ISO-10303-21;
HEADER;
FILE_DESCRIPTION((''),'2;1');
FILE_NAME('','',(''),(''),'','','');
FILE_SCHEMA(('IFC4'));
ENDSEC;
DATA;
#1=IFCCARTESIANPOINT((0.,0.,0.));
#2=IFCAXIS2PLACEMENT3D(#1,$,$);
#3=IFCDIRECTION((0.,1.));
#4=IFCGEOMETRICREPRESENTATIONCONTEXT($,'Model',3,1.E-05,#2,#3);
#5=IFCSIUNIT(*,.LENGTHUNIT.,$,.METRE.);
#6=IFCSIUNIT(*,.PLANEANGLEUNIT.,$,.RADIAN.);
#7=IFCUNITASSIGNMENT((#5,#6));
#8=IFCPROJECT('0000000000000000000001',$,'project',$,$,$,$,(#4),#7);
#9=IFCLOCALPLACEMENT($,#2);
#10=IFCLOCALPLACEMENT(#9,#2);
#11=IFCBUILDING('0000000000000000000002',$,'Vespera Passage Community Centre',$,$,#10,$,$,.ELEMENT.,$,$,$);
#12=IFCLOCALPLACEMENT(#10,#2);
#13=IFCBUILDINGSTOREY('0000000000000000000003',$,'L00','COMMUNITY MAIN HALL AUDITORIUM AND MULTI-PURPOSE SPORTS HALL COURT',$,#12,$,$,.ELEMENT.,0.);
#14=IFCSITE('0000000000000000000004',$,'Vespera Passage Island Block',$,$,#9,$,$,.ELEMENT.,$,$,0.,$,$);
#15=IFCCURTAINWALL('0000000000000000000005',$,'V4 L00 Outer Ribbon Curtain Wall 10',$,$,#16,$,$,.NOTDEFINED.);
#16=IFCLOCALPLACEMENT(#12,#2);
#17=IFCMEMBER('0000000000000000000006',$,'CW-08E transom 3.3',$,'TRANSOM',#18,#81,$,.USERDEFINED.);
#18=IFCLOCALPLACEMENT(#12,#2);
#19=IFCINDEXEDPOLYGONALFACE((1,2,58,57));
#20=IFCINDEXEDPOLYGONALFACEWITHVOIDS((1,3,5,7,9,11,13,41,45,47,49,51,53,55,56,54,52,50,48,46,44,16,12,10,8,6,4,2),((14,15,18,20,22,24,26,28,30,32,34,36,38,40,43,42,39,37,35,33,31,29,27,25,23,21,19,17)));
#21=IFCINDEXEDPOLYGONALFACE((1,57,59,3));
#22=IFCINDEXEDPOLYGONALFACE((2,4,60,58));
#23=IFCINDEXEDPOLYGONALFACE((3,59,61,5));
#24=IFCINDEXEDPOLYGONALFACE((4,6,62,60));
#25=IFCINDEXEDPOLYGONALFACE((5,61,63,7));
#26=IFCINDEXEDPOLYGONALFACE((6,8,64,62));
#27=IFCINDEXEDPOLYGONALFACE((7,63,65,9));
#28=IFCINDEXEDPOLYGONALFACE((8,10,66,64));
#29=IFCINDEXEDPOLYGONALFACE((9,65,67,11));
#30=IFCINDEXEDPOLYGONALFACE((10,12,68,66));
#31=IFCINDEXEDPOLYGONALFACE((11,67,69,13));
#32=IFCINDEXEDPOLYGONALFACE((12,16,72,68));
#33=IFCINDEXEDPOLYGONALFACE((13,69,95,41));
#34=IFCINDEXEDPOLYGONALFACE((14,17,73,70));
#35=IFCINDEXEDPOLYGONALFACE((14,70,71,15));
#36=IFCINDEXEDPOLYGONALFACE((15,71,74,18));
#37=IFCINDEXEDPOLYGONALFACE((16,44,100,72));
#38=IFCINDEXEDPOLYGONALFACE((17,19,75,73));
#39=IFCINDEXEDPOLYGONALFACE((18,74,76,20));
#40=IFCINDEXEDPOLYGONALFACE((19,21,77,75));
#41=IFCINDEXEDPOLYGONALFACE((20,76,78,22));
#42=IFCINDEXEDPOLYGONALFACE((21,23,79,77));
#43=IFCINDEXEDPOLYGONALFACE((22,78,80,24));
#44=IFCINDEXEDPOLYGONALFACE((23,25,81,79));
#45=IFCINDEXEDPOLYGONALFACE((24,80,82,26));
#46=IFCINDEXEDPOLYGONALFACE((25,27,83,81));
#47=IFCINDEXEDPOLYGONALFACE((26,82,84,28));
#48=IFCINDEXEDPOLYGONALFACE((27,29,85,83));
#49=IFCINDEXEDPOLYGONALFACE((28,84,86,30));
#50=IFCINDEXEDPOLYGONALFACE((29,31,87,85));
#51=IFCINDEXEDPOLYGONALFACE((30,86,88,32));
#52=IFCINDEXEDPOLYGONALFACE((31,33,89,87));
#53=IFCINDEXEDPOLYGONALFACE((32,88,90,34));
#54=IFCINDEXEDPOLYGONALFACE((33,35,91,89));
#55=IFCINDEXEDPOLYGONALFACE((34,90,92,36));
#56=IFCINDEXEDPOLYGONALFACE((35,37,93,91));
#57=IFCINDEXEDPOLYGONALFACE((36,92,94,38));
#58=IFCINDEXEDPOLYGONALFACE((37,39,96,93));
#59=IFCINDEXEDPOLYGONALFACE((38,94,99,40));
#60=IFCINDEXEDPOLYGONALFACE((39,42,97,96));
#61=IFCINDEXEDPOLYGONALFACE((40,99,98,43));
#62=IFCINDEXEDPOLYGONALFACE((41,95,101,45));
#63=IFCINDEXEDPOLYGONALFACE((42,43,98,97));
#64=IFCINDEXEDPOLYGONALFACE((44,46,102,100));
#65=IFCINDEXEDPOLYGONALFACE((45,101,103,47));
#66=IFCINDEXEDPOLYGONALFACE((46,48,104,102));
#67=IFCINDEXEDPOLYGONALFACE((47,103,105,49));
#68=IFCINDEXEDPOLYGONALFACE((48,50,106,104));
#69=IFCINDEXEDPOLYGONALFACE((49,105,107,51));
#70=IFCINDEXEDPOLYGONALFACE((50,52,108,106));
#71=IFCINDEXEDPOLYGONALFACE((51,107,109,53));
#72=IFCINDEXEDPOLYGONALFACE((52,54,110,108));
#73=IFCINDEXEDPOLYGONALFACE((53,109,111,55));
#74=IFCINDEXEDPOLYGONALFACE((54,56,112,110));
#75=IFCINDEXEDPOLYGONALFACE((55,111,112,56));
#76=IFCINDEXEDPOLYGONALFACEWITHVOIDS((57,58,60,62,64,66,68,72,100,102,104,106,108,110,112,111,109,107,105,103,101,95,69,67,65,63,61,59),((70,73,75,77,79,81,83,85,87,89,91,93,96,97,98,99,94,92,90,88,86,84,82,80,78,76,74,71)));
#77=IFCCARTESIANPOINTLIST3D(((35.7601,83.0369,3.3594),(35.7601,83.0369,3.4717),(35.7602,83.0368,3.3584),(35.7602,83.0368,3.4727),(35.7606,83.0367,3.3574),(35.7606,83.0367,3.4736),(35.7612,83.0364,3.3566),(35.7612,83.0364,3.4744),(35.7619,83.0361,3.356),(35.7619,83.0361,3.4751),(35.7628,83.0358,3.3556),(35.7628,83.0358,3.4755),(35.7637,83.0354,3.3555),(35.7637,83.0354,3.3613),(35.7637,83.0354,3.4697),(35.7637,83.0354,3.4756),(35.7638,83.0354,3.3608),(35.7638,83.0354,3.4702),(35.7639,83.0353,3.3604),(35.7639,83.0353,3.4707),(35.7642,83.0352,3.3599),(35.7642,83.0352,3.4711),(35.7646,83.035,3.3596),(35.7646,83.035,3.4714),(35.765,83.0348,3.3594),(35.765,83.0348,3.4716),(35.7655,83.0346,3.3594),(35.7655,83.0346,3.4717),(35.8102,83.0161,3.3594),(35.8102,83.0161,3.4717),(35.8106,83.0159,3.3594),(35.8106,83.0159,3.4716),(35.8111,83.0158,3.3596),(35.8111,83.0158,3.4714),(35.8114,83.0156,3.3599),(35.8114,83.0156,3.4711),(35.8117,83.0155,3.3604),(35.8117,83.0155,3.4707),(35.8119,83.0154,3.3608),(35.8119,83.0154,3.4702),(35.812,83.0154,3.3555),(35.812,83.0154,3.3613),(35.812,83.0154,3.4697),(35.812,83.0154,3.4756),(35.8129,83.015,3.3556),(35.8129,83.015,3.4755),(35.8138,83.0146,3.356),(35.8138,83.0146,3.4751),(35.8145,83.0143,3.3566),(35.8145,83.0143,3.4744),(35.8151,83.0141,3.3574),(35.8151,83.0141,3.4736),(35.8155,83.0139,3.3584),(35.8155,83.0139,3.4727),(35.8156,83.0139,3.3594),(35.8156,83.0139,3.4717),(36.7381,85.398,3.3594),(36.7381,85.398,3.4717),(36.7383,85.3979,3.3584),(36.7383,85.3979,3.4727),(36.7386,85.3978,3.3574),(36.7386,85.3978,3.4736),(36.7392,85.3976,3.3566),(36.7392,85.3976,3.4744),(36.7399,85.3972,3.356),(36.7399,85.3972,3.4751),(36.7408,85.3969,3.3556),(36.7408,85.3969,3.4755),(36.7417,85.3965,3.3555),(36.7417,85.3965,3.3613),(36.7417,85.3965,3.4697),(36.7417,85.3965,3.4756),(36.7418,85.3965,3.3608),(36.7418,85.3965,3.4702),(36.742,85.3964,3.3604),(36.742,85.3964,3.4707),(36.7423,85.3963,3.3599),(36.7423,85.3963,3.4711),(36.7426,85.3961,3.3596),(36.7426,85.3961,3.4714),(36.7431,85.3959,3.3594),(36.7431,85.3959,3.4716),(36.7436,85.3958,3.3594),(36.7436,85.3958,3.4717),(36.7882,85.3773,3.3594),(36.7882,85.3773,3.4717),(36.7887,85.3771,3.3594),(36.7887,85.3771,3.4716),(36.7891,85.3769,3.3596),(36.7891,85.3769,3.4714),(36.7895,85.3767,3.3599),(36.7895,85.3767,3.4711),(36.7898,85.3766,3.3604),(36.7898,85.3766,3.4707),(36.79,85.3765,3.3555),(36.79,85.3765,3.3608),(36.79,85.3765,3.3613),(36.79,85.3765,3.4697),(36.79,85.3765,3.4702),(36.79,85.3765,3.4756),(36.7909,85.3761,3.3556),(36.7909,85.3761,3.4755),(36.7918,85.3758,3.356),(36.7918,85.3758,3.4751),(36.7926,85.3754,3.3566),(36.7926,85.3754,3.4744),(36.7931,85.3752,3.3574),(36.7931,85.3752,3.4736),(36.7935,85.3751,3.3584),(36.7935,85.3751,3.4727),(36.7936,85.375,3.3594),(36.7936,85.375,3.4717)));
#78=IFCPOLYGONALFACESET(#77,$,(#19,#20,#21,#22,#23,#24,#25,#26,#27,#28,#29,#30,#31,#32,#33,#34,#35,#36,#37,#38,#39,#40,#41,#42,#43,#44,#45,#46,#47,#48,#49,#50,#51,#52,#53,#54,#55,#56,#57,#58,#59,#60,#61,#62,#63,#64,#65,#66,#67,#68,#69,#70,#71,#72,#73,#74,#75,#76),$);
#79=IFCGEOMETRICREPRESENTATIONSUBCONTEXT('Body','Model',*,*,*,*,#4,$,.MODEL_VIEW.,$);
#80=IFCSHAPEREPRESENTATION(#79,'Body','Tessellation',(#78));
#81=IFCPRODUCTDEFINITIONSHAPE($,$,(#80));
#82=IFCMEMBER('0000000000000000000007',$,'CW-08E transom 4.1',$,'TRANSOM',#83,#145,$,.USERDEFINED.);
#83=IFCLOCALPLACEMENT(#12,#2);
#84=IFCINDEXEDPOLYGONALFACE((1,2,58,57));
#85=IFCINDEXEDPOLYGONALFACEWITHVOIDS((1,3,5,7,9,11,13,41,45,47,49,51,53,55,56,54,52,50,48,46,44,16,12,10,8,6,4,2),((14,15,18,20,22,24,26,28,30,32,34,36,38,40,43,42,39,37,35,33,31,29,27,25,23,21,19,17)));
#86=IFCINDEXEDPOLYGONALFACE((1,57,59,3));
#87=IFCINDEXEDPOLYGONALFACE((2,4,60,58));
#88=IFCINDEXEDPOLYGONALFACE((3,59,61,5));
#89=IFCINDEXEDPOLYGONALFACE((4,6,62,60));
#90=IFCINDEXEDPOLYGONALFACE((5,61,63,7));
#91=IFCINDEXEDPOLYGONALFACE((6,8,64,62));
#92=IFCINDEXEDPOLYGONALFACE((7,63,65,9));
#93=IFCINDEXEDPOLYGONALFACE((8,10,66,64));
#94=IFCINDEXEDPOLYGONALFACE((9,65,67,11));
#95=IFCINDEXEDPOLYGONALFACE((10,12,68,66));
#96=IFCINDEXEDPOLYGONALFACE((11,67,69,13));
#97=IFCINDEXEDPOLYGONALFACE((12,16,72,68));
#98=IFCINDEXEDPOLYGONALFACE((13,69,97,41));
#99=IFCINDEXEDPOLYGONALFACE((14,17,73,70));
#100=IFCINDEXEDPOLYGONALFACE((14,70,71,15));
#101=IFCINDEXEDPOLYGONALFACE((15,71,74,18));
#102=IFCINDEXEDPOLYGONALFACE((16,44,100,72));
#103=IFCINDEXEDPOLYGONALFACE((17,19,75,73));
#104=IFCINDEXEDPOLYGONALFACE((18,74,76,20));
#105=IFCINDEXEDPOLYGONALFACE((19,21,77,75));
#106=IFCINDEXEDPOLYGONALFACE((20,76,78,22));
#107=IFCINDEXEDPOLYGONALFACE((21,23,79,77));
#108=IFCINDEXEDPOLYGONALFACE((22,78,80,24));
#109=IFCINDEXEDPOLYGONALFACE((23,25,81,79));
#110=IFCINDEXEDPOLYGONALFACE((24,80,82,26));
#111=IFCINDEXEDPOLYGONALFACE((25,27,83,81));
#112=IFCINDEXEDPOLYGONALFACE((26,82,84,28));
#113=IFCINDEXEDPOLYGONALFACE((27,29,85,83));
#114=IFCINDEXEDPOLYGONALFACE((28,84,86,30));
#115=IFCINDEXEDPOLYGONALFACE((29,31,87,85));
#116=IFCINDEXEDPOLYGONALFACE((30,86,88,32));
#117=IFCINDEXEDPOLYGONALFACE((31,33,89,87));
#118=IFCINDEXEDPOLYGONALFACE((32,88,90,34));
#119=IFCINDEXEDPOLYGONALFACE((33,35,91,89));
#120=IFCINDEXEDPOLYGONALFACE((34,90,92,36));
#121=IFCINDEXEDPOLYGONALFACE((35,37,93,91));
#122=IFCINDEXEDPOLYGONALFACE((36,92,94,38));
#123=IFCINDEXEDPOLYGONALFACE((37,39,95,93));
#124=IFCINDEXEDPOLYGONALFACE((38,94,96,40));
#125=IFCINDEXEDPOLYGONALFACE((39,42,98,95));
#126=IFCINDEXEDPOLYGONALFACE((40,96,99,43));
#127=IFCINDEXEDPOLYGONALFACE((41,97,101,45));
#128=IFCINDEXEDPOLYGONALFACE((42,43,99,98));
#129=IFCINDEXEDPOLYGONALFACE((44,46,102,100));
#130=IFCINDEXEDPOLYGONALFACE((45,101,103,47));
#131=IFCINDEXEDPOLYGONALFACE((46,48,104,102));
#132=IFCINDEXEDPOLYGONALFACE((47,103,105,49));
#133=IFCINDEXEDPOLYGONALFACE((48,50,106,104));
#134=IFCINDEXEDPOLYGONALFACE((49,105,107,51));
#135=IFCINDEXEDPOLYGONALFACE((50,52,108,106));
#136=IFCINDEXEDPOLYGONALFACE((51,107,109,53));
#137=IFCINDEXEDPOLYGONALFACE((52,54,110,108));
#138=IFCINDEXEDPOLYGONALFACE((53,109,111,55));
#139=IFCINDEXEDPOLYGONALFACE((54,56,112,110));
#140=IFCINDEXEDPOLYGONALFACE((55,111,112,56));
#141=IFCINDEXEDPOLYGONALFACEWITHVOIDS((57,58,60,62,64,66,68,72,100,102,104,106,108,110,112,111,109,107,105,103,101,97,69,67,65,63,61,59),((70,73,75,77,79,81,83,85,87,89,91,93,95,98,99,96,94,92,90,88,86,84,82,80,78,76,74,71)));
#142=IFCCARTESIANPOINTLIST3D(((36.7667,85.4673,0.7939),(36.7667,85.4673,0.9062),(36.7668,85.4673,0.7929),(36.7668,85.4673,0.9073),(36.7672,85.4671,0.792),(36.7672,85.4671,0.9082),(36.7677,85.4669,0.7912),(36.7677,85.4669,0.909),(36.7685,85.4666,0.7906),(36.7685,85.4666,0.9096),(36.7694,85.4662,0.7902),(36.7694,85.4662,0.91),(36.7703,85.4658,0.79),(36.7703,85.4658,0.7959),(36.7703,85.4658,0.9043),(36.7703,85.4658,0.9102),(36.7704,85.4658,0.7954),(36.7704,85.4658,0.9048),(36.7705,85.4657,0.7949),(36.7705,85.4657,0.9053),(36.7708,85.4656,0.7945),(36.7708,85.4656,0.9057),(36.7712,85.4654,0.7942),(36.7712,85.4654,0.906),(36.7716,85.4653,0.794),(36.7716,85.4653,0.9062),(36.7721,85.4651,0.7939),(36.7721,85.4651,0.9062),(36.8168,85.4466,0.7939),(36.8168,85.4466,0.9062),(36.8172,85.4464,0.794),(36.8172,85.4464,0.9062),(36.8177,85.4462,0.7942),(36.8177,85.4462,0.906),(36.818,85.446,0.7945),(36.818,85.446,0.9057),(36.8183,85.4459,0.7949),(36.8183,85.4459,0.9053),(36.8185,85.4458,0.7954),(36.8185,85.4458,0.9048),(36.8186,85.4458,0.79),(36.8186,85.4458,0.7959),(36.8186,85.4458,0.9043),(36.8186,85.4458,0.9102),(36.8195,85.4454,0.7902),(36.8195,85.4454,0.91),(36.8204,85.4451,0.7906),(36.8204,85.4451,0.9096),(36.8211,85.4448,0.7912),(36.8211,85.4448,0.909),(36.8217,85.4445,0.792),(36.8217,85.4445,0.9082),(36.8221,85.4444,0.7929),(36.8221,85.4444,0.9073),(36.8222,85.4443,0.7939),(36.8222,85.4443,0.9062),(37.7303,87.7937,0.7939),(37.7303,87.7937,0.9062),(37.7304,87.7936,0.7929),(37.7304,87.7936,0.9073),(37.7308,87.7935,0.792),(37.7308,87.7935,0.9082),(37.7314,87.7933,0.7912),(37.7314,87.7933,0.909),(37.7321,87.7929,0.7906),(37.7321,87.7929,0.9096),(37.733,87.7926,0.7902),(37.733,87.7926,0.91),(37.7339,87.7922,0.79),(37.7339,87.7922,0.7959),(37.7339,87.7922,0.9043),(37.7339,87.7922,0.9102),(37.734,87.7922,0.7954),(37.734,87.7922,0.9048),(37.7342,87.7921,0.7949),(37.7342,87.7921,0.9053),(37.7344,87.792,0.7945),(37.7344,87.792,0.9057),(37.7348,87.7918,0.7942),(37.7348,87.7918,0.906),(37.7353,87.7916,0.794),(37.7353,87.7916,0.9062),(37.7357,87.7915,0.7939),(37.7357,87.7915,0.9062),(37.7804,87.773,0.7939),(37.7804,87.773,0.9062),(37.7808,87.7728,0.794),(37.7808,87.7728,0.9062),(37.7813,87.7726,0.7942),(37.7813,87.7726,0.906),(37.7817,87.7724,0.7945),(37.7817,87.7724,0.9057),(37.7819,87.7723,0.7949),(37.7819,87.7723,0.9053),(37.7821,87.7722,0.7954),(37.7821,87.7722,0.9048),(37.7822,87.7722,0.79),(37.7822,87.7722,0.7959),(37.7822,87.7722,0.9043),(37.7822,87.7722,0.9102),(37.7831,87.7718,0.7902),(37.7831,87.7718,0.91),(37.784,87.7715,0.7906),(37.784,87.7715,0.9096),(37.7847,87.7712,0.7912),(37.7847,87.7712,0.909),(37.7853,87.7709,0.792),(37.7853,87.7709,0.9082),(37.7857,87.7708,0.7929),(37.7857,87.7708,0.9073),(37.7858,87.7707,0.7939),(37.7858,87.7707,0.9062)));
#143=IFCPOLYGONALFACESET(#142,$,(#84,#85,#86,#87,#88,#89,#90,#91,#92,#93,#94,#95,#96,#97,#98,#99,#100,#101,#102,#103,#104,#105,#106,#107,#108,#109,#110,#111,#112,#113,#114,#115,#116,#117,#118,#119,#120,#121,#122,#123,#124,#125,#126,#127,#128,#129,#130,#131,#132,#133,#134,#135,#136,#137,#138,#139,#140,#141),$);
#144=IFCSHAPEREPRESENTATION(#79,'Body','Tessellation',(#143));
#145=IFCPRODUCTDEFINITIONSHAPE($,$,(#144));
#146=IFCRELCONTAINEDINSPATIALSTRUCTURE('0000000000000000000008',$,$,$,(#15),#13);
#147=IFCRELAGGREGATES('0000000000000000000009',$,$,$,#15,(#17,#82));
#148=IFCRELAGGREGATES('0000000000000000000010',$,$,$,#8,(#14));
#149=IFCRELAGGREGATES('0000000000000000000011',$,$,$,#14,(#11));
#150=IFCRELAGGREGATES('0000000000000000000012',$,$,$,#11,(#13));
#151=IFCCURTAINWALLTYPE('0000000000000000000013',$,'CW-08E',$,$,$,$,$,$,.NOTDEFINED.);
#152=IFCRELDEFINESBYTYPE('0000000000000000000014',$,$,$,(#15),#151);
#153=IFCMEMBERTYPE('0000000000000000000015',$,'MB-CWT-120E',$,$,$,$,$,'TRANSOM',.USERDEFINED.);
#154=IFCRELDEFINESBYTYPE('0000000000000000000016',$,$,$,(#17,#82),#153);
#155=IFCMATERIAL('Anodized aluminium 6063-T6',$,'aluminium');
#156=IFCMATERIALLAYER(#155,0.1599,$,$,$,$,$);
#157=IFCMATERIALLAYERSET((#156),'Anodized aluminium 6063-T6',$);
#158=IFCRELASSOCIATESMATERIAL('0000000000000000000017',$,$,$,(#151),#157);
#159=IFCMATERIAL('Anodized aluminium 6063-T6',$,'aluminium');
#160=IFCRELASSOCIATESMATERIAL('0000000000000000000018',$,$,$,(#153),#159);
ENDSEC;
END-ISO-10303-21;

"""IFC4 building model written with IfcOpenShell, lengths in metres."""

from ifc_helpers import new_model, si_unit, direction, frame, origin, origin_2d, place, context, subcontext, project, spatial, hollow_rectangle, extrude, material, layer, layer_set, material_profile, profile_set, type_object, element, aggregate, save


model = new_model("IFC4")

# Units and contexts
model_context = context("Model", 3, precision=1e-05, world=origin(), true_north=direction((0.0, 1.0)))
body_context = subcontext(model_context, "Body", "Model", "MODEL_VIEW")
ifc_project = project(units=[si_unit("LENGTHUNIT", "METRE"), si_unit("PLANEANGLEUNIT", "RADIAN")], contexts=[model_context])

# Site, building, storey
site_placement = place(None, origin())
site = spatial("IfcSite", under=ifc_project, at=site_placement, Name="Vespera Passage Island Block", CompositionType="ELEMENT", RefElevation=0.0)
building_placement = place(site_placement, origin())
building = spatial("IfcBuilding", under=site, at=building_placement, Name="Vespera Passage Community Centre", CompositionType="ELEMENT")
storey_placement = place(building_placement, origin())
storey = spatial("IfcBuildingStorey", under=building, at=storey_placement, Name="L00", Description="COMMUNITY MAIN HALL AUDITORIUM AND MULTI-PURPOSE SPORTS HALL COURT", CompositionType="ELEMENT", Elevation=0.0)

# Curtain wall
ifc_material_1 = material(Name="Anodized aluminium 6063-T6", Category="aluminium")
ifc_layer_1 = layer(ifc_material_1, 0.1599)
ifc_layer_set_1 = layer_set([ifc_layer_1], Name="Anodized aluminium 6063-T6")
curtain_wall_type_1 = type_object("IfcCurtainWallType", Name="CW-08E", PredefinedType="NOTDEFINED", material=ifc_layer_set_1)
curtain_wall_1_placement = place(storey_placement, origin())
curtain_wall_1 = element("IfcCurtainWall", 1, at=curtain_wall_1_placement, inside=storey, type_object=curtain_wall_type_1, Name="V4 L00 Outer Ribbon Curtain Wall 10", PredefinedType="NOTDEFINED")

# Members
ifc_material_2 = material(Name="Anodized aluminium 6063-T6", Category="aluminium")
ifc_material_profile_1 = material_profile(ifc_material_2, hollow_rectangle(XDim=0.0601, YDim=0.1201, WallThickness=0.0039, InnerFilletRadius=0.002, OuterFilletRadius=0.0039, at=origin_2d()), Name="ALU120X60X4")
ifc_profile_set_1 = profile_set([ifc_material_profile_1], Name="Anodized aluminium 6063-T6")
member_type_1 = type_object("IfcMemberType", Name="MB-CWT-120E", ElementType="TRANSOM", PredefinedType="USERDEFINED", material=ifc_profile_set_1)
member_1_placement = place(storey_placement, frame((35.7878, 83.0254, 3.4155), z_axis=(0.382695, 0.923875, 0.0), x_axis=(-0.923875, 0.382695, 0.0)))
member_1 = element("IfcMember", 2, at=member_1_placement, type_object=member_type_1, Name="CW-08E transom 3.3", ObjectType="TRANSOM", PredefinedType="USERDEFINED", context=body_context, shape_type="SweptSolid", body=[
    extrude(hollow_rectangle(XDim=0.0601, YDim=0.1201, WallThickness=0.0039, InnerFilletRadius=0.002, OuterFilletRadius=0.0039, at=origin_2d()), origin(), (0.0, 0.0, 1.0), 2.5557),
])
member_2_placement = place(storey_placement, frame((36.7944, 85.4558, 0.8501), z_axis=(0.38268, 0.923881, 0.0), x_axis=(-0.923881, 0.38268, 0.0)))
member_2 = element("IfcMember", 3, at=member_2_placement, type_object=member_type_1, Name="CW-08E transom 4.1", ObjectType="TRANSOM", PredefinedType="USERDEFINED", context=body_context, shape_type="SweptSolid", body=[
    extrude(hollow_rectangle(XDim=0.0601, YDim=0.1201, WallThickness=0.0039, InnerFilletRadius=0.002, OuterFilletRadius=0.0039, at=origin_2d()), origin(), (0.0, 0.0, 1.0), 2.5181),
])

aggregate(curtain_wall_1, [member_1, member_2])

save(model, "model.ifc")
